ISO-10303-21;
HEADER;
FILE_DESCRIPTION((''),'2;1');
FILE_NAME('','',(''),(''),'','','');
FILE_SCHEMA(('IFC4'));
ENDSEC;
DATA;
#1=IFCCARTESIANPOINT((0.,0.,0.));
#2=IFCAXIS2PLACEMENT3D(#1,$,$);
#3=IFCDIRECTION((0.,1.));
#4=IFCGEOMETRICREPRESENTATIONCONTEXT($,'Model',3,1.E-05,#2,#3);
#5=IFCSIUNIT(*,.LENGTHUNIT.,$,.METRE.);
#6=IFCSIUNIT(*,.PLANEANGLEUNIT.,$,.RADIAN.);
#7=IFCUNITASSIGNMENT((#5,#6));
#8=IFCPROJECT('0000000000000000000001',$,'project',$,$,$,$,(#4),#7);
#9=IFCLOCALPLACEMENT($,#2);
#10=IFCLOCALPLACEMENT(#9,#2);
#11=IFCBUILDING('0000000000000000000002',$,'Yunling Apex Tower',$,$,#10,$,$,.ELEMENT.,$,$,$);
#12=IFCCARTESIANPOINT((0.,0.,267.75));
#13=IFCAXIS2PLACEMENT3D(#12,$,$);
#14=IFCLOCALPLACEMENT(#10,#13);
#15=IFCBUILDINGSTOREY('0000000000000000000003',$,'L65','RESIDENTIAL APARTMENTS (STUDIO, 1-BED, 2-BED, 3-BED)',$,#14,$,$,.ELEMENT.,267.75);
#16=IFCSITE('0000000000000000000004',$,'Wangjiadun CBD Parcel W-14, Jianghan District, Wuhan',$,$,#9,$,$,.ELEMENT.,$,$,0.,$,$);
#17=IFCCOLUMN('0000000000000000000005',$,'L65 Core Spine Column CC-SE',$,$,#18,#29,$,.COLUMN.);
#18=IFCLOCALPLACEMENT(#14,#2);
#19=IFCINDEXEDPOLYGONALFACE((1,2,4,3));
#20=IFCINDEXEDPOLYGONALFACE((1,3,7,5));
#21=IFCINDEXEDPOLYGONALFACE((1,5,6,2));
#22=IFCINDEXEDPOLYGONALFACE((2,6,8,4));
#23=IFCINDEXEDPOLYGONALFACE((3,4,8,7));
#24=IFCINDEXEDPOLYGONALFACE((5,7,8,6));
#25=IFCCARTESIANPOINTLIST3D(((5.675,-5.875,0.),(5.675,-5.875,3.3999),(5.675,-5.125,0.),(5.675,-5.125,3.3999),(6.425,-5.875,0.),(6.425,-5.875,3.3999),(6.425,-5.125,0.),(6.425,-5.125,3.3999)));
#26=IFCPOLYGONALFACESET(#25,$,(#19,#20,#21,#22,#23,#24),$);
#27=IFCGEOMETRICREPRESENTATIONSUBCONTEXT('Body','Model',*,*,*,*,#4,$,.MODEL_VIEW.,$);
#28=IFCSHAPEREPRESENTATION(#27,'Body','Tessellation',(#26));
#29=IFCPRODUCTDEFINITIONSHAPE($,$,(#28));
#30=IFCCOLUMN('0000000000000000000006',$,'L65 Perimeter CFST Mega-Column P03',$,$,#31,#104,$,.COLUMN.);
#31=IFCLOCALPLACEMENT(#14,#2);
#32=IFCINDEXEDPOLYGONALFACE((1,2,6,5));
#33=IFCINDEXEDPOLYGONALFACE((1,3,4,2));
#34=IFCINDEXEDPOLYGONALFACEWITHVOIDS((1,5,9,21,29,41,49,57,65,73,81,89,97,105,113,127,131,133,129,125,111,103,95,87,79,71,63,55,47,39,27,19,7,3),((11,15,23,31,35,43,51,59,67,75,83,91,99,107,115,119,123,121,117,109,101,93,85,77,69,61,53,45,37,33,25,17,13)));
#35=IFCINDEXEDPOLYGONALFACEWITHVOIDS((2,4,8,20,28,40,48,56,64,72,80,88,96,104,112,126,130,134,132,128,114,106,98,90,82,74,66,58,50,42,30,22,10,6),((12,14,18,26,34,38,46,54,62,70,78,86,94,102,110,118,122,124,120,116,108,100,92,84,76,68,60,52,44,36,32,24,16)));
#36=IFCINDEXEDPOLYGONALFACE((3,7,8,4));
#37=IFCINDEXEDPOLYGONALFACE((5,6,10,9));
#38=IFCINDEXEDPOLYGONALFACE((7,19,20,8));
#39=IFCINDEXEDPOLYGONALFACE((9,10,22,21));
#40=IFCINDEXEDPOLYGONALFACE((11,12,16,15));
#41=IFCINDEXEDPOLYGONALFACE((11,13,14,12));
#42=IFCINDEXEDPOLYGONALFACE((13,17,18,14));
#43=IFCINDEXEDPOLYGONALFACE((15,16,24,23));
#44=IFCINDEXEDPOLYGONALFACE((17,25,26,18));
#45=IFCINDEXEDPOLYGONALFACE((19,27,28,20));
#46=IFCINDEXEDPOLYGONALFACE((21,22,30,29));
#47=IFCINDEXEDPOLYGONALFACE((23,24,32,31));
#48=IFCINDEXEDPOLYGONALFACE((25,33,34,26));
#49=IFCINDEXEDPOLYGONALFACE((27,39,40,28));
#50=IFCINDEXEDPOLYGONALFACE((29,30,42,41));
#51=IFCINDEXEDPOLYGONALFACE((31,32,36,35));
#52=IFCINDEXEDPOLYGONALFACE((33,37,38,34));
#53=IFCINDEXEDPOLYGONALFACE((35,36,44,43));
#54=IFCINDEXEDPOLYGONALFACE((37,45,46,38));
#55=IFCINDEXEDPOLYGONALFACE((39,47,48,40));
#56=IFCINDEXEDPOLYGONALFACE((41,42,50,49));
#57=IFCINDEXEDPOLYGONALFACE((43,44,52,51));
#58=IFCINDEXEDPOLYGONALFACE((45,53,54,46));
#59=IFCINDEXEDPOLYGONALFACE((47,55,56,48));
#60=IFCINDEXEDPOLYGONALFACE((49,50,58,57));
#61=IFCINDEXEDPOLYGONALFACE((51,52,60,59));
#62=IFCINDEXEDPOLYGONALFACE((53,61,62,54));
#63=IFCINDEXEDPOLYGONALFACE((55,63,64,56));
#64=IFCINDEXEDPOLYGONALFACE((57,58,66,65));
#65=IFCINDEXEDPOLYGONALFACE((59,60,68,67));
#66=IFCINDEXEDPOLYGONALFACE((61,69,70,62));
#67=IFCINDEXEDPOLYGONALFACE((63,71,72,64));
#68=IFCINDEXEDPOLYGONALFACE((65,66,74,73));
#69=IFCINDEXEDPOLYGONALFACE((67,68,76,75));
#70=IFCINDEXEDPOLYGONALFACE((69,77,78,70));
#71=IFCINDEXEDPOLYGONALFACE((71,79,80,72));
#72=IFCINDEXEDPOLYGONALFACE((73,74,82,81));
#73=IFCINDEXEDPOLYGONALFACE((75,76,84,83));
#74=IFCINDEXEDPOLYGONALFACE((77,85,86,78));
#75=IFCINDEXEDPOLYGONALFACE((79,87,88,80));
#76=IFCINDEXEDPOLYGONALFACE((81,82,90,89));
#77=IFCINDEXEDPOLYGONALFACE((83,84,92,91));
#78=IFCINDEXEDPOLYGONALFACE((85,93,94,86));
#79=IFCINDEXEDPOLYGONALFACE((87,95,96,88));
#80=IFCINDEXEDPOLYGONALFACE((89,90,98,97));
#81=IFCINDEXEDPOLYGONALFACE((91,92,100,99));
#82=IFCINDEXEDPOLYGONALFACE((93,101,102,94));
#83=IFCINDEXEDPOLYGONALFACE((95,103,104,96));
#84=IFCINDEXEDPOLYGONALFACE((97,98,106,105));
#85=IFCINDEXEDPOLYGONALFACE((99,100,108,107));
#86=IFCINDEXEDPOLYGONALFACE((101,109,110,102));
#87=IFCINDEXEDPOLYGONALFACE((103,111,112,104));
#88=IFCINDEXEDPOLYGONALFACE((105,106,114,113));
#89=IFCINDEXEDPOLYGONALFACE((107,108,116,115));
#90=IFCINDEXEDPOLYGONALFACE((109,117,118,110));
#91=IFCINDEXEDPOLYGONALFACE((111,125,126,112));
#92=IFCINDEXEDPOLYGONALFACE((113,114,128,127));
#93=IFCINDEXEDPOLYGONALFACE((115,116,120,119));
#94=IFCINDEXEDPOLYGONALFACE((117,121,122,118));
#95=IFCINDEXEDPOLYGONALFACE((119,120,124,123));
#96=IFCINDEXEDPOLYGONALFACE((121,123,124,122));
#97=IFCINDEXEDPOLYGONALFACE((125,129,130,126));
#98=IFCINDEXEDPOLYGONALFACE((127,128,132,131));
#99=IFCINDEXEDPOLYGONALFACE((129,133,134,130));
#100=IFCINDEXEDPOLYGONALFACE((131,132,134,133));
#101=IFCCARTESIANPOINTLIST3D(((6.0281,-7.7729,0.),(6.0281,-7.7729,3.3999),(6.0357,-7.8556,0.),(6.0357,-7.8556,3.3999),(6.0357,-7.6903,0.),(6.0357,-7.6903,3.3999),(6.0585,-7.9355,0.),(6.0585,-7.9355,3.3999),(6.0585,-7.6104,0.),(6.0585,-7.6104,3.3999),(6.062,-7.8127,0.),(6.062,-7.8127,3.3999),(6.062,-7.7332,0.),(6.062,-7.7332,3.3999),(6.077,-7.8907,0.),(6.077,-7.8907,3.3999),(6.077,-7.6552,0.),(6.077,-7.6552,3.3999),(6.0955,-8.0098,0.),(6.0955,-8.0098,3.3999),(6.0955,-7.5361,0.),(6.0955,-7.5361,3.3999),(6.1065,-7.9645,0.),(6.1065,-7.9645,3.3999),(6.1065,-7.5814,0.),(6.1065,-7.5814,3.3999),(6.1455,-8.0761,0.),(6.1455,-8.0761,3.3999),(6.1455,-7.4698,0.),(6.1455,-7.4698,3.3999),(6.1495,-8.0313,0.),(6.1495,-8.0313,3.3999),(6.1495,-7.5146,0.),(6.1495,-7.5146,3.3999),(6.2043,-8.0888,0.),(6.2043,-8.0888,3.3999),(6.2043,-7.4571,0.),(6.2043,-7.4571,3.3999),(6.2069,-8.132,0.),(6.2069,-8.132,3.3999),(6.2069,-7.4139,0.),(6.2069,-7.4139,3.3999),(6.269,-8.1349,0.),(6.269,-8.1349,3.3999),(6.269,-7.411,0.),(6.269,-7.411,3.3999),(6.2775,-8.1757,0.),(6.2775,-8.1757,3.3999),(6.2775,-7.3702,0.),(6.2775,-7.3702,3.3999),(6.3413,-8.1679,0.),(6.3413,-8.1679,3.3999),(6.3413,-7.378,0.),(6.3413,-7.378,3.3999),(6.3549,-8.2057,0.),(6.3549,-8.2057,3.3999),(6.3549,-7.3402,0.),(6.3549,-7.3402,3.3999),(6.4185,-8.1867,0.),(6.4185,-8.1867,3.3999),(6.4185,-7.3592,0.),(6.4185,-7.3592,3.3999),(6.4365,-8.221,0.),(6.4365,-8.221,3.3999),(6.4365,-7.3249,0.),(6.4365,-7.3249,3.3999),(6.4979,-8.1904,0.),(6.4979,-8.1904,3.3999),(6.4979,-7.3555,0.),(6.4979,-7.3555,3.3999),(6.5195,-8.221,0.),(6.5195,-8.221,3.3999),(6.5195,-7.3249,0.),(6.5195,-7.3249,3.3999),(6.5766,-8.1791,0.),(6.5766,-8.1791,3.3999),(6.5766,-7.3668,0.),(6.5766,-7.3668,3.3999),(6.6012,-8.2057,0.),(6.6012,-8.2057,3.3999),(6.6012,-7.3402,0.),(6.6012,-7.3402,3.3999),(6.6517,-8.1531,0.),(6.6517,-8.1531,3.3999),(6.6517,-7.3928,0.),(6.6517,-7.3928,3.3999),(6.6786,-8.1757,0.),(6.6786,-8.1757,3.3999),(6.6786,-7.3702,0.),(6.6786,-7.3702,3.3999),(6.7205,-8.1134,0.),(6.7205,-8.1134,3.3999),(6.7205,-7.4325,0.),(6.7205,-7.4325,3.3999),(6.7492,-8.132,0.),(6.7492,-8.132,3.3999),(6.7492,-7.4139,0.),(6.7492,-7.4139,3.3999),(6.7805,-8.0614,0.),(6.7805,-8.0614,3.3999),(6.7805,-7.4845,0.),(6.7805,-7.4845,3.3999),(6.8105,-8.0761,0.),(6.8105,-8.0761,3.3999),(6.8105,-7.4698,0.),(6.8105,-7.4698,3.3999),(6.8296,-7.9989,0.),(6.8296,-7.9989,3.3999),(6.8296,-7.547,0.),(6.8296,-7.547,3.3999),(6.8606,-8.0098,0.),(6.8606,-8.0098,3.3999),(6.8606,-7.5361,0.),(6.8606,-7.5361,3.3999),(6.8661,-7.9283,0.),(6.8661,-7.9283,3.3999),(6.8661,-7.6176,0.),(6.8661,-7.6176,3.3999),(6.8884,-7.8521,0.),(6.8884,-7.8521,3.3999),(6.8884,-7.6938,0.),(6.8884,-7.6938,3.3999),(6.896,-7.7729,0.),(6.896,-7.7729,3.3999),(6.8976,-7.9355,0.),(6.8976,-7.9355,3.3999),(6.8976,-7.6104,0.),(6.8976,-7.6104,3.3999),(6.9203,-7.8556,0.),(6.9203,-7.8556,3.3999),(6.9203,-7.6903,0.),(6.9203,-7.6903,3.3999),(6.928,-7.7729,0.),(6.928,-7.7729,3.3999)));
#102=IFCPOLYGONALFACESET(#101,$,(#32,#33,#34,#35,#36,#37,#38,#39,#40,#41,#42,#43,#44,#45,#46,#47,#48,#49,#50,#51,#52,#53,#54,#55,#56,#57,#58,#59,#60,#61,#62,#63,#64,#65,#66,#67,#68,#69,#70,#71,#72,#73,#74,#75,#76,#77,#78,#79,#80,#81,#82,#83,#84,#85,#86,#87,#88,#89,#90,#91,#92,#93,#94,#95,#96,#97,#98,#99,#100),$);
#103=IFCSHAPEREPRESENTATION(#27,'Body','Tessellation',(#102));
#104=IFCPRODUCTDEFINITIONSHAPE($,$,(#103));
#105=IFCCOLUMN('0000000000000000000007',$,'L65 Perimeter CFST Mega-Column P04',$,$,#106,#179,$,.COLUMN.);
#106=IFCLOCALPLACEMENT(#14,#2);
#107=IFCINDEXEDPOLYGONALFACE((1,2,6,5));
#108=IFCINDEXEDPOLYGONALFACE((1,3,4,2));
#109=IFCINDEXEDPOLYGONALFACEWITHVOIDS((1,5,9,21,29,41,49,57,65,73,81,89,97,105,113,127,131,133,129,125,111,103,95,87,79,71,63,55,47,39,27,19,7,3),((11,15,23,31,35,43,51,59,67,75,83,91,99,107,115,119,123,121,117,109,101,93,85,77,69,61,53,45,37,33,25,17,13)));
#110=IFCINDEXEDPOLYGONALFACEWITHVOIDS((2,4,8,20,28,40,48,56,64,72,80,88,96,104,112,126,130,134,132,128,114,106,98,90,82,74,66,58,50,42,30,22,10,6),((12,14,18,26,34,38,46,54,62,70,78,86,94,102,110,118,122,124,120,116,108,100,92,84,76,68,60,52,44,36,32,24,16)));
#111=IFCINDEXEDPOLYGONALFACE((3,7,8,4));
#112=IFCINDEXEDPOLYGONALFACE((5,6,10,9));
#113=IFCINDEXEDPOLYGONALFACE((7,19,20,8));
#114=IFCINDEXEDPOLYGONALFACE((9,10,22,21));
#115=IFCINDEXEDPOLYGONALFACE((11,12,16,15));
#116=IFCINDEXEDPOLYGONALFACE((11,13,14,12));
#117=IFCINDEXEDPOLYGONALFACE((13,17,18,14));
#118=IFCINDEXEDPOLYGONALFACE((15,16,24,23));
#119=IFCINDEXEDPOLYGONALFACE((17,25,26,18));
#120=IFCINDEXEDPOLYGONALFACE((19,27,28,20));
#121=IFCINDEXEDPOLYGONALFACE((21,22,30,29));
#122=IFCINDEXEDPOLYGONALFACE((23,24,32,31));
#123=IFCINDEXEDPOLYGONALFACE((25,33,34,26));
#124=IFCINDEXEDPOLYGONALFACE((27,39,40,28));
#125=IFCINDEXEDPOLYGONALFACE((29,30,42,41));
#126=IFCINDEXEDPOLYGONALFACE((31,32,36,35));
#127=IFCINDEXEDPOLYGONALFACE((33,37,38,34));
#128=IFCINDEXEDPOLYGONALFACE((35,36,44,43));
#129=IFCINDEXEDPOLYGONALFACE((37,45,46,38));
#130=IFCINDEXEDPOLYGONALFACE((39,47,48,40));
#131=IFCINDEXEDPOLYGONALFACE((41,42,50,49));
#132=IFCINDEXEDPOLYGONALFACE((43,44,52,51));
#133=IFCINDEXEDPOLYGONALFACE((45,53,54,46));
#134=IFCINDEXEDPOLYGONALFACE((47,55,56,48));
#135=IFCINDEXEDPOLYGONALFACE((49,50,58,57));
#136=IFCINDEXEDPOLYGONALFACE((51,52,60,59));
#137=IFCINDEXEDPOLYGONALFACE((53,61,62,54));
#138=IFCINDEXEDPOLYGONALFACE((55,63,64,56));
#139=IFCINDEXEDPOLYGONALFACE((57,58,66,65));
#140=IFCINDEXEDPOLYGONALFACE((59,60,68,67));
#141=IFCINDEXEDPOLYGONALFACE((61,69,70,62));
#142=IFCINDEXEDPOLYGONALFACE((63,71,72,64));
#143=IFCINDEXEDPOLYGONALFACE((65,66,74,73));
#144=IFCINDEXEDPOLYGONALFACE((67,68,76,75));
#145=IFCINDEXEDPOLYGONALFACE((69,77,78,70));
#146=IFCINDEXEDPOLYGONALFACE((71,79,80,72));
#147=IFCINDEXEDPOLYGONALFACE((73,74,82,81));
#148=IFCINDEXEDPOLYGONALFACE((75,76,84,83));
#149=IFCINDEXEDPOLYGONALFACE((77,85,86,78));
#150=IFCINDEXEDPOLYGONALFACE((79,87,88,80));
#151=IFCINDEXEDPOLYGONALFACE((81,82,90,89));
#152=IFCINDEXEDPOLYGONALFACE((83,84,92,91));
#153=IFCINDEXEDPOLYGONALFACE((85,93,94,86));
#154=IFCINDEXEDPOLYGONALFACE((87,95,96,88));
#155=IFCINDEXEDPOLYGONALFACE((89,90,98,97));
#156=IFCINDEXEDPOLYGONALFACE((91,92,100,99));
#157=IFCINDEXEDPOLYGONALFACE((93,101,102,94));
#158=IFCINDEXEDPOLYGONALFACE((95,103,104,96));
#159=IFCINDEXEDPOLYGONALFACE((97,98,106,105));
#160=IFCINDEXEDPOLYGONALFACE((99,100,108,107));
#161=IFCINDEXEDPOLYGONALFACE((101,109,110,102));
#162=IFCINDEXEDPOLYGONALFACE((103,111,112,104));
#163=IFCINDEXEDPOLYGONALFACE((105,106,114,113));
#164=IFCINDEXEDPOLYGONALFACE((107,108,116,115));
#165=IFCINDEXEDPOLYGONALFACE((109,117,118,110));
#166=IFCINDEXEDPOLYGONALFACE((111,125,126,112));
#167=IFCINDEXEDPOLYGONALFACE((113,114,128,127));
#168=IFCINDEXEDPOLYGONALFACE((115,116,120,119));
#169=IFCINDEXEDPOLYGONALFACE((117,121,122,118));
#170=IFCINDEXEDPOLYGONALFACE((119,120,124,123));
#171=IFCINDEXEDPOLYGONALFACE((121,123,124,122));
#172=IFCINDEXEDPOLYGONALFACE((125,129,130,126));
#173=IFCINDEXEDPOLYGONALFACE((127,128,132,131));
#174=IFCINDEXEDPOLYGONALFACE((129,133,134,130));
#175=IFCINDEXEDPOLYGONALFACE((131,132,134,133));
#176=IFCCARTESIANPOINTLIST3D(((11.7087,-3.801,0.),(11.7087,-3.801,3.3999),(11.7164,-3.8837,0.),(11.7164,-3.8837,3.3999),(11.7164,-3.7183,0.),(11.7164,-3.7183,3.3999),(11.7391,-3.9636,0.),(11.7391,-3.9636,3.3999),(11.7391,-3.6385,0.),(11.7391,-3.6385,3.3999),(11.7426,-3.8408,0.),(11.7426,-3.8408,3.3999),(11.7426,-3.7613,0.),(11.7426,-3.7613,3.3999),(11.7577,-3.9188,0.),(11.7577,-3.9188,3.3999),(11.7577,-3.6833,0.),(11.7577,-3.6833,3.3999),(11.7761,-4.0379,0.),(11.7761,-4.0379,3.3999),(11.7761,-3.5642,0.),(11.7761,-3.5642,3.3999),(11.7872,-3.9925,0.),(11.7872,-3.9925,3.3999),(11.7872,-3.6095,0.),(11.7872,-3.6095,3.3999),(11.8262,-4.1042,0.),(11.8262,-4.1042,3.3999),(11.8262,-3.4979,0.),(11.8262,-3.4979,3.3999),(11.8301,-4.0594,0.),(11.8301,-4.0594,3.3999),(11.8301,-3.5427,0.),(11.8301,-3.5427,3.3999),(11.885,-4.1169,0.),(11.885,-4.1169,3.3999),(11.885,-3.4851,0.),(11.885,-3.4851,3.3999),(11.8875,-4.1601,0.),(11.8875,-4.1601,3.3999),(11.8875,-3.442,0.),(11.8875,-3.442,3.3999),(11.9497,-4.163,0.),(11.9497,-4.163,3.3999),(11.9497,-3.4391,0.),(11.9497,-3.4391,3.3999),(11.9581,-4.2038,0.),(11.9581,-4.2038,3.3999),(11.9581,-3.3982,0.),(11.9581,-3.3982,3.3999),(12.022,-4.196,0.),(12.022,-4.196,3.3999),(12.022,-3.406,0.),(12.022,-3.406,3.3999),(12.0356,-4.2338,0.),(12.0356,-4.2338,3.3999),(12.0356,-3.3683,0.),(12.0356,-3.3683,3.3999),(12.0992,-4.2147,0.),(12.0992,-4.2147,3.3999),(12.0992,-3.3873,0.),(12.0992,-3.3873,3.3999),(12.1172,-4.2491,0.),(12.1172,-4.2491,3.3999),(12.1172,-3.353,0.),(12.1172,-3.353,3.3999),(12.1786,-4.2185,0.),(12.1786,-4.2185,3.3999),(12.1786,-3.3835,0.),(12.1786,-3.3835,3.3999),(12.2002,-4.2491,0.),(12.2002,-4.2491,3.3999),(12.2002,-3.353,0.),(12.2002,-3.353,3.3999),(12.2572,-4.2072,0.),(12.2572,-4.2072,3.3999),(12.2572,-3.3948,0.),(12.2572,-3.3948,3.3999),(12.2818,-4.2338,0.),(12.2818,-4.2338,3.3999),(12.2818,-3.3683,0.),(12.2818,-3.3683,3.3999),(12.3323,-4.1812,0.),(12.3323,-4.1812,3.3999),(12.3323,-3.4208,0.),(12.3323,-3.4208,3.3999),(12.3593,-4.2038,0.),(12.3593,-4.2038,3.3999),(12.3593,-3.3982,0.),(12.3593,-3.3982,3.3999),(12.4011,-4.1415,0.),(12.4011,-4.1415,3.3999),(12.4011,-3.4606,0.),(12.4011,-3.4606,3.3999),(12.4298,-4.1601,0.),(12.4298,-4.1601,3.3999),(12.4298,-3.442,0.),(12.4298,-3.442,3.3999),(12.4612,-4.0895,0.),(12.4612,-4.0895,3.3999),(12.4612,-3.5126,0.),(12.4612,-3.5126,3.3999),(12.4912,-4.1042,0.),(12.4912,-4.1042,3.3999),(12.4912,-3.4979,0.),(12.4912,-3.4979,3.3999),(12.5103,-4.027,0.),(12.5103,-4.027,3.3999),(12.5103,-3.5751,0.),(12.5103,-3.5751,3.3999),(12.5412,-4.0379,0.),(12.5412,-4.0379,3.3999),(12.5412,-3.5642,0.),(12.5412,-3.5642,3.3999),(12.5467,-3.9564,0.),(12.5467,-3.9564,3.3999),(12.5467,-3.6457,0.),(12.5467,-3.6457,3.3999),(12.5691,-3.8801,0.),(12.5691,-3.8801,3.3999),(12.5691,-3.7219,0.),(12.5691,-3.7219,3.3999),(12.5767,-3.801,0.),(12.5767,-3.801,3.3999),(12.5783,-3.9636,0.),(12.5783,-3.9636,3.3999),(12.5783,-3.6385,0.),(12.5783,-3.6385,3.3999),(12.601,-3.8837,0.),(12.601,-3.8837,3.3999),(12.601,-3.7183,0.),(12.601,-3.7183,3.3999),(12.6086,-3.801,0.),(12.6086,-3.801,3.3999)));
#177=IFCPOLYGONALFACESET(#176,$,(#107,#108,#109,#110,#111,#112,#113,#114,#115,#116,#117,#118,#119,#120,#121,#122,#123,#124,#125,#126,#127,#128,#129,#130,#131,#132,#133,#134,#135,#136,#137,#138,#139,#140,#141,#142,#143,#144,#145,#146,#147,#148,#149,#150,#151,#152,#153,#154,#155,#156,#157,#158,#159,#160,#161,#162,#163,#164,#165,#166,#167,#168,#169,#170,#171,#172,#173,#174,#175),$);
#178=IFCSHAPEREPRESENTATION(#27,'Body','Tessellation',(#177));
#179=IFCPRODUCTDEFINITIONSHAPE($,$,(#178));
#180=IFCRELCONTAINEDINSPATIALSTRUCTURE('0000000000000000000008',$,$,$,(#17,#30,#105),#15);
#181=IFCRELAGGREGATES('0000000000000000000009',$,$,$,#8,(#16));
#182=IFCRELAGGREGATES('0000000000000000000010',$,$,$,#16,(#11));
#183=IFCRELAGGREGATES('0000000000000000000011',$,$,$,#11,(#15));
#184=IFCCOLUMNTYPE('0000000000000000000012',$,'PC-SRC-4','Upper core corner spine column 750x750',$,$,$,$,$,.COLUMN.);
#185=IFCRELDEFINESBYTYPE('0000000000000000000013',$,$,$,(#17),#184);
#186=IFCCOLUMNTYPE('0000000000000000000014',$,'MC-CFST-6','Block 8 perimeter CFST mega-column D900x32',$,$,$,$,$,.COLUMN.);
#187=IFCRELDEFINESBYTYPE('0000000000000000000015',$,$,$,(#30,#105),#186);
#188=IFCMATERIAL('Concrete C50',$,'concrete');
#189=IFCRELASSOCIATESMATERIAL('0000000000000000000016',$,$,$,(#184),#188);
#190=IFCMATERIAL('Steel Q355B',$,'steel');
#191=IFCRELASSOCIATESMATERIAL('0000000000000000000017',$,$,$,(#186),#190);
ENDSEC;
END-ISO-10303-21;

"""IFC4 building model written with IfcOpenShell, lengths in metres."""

from ifc_helpers import new_model, si_unit, direction, frame, origin, origin_2d, place, context, subcontext, project, spatial, rectangle, hollow_circle, extrude, source, transform, mapped, material, material_profile, profile_set, type_object, element, save


model = new_model("IFC4")

# Units and contexts
model_context = context("Model", 3, precision=1e-05, world=origin(), true_north=direction((0.0, 1.0)))
body_context = subcontext(model_context, "Body", "Model", "MODEL_VIEW")
ifc_project = project(units=[si_unit("LENGTHUNIT", "METRE"), si_unit("PLANEANGLEUNIT", "RADIAN")], contexts=[model_context])

# Site, building, storey
site_placement = place(None, origin())
site = spatial("IfcSite", under=ifc_project, at=site_placement, Name="Wangjiadun CBD Parcel W-14, Jianghan District, Wuhan", CompositionType="ELEMENT", RefElevation=0.0)
building_placement = place(site_placement, origin())
building = spatial("IfcBuilding", under=site, at=building_placement, Name="Yunling Apex Tower", CompositionType="ELEMENT")
storey_placement = place(building_placement, frame((0.0, 0.0, 267.75)))
storey = spatial("IfcBuildingStorey", under=building, at=storey_placement, Name="L65", Description="RESIDENTIAL APARTMENTS (STUDIO, 1-BED, 2-BED, 3-BED)", CompositionType="ELEMENT", Elevation=267.75)

# Columns
ifc_material_1 = material(Name="Concrete C50", Category="concrete")
ifc_material_profile_1 = material_profile(ifc_material_1, rectangle(XDim=0.75, YDim=0.75, at=origin_2d()))
ifc_profile_set_1 = profile_set([ifc_material_profile_1], Name="Concrete C50")
column_type_1 = type_object("IfcColumnType", Name="PC-SRC-4", Description="Upper core corner spine column 750x750", PredefinedType="COLUMN", material=ifc_profile_set_1)
shared_shape_1 = source(origin(), body_context, "Body", "SweptSolid", [
    extrude(rectangle(XDim=0.75, YDim=0.75, at=origin_2d()), origin(), (0.0, 0.0, 1.0), 3.3999),
])
column_placement = place(storey_placement, frame((6.05, -5.5, 0.0), z_axis=(0.0, 0.0, 1.0), x_axis=(1.0, 0.0, 0.0)))
element("IfcColumn", 1, at=column_placement, inside=storey, type_object=column_type_1, Name="L65 Core Spine Column CC-SE", PredefinedType="COLUMN", context=body_context, shape_type="MappedRepresentation", body=[
    mapped(shared_shape_1, transform((0.0, 0.0, 0.0), scale=1.0)),
])
ifc_material_2 = material(Name="Steel Q355B", Category="steel")
ifc_material_profile_2 = material_profile(ifc_material_2, hollow_circle(Radius=0.45, WallThickness=0.032, at=origin_2d()))
ifc_profile_set_2 = profile_set([ifc_material_profile_2], Name="Steel Q355B")
column_type_2 = type_object("IfcColumnType", Name="MC-CFST-6", Description="Block 8 perimeter CFST mega-column D900x32", PredefinedType="COLUMN", material=ifc_profile_set_2)
shared_shape_2 = source(origin(), body_context, "Body", "SweptSolid", [
    extrude(hollow_circle(Radius=0.45, WallThickness=0.032, at=origin_2d()), origin(), (0.0, 0.0, 1.0), 3.3999),
])
for number, where, z_axis, x_axis, name in (
    (2, (6.478, -7.7729, 0.0), (0.0, 0.0, 1.0), (1.0, 0.0, 0.0), "L65 Perimeter CFST Mega-Column P03"),
    (3, (12.1587, -3.801, 0.0), (0.0, 0.0, 1.0), (1.0, 0.0, 0.0), "L65 Perimeter CFST Mega-Column P04"),
):
    element("IfcColumn", number, at=place(storey_placement, frame(where, z_axis=z_axis, x_axis=x_axis)), inside=storey, type_object=column_type_2, Name=name, PredefinedType="COLUMN", context=body_context, shape_type="MappedRepresentation", body=[
        mapped(shared_shape_2, transform((0.0, 0.0, 0.0), scale=1.0)),
    ])

save(model, "model.ifc")
